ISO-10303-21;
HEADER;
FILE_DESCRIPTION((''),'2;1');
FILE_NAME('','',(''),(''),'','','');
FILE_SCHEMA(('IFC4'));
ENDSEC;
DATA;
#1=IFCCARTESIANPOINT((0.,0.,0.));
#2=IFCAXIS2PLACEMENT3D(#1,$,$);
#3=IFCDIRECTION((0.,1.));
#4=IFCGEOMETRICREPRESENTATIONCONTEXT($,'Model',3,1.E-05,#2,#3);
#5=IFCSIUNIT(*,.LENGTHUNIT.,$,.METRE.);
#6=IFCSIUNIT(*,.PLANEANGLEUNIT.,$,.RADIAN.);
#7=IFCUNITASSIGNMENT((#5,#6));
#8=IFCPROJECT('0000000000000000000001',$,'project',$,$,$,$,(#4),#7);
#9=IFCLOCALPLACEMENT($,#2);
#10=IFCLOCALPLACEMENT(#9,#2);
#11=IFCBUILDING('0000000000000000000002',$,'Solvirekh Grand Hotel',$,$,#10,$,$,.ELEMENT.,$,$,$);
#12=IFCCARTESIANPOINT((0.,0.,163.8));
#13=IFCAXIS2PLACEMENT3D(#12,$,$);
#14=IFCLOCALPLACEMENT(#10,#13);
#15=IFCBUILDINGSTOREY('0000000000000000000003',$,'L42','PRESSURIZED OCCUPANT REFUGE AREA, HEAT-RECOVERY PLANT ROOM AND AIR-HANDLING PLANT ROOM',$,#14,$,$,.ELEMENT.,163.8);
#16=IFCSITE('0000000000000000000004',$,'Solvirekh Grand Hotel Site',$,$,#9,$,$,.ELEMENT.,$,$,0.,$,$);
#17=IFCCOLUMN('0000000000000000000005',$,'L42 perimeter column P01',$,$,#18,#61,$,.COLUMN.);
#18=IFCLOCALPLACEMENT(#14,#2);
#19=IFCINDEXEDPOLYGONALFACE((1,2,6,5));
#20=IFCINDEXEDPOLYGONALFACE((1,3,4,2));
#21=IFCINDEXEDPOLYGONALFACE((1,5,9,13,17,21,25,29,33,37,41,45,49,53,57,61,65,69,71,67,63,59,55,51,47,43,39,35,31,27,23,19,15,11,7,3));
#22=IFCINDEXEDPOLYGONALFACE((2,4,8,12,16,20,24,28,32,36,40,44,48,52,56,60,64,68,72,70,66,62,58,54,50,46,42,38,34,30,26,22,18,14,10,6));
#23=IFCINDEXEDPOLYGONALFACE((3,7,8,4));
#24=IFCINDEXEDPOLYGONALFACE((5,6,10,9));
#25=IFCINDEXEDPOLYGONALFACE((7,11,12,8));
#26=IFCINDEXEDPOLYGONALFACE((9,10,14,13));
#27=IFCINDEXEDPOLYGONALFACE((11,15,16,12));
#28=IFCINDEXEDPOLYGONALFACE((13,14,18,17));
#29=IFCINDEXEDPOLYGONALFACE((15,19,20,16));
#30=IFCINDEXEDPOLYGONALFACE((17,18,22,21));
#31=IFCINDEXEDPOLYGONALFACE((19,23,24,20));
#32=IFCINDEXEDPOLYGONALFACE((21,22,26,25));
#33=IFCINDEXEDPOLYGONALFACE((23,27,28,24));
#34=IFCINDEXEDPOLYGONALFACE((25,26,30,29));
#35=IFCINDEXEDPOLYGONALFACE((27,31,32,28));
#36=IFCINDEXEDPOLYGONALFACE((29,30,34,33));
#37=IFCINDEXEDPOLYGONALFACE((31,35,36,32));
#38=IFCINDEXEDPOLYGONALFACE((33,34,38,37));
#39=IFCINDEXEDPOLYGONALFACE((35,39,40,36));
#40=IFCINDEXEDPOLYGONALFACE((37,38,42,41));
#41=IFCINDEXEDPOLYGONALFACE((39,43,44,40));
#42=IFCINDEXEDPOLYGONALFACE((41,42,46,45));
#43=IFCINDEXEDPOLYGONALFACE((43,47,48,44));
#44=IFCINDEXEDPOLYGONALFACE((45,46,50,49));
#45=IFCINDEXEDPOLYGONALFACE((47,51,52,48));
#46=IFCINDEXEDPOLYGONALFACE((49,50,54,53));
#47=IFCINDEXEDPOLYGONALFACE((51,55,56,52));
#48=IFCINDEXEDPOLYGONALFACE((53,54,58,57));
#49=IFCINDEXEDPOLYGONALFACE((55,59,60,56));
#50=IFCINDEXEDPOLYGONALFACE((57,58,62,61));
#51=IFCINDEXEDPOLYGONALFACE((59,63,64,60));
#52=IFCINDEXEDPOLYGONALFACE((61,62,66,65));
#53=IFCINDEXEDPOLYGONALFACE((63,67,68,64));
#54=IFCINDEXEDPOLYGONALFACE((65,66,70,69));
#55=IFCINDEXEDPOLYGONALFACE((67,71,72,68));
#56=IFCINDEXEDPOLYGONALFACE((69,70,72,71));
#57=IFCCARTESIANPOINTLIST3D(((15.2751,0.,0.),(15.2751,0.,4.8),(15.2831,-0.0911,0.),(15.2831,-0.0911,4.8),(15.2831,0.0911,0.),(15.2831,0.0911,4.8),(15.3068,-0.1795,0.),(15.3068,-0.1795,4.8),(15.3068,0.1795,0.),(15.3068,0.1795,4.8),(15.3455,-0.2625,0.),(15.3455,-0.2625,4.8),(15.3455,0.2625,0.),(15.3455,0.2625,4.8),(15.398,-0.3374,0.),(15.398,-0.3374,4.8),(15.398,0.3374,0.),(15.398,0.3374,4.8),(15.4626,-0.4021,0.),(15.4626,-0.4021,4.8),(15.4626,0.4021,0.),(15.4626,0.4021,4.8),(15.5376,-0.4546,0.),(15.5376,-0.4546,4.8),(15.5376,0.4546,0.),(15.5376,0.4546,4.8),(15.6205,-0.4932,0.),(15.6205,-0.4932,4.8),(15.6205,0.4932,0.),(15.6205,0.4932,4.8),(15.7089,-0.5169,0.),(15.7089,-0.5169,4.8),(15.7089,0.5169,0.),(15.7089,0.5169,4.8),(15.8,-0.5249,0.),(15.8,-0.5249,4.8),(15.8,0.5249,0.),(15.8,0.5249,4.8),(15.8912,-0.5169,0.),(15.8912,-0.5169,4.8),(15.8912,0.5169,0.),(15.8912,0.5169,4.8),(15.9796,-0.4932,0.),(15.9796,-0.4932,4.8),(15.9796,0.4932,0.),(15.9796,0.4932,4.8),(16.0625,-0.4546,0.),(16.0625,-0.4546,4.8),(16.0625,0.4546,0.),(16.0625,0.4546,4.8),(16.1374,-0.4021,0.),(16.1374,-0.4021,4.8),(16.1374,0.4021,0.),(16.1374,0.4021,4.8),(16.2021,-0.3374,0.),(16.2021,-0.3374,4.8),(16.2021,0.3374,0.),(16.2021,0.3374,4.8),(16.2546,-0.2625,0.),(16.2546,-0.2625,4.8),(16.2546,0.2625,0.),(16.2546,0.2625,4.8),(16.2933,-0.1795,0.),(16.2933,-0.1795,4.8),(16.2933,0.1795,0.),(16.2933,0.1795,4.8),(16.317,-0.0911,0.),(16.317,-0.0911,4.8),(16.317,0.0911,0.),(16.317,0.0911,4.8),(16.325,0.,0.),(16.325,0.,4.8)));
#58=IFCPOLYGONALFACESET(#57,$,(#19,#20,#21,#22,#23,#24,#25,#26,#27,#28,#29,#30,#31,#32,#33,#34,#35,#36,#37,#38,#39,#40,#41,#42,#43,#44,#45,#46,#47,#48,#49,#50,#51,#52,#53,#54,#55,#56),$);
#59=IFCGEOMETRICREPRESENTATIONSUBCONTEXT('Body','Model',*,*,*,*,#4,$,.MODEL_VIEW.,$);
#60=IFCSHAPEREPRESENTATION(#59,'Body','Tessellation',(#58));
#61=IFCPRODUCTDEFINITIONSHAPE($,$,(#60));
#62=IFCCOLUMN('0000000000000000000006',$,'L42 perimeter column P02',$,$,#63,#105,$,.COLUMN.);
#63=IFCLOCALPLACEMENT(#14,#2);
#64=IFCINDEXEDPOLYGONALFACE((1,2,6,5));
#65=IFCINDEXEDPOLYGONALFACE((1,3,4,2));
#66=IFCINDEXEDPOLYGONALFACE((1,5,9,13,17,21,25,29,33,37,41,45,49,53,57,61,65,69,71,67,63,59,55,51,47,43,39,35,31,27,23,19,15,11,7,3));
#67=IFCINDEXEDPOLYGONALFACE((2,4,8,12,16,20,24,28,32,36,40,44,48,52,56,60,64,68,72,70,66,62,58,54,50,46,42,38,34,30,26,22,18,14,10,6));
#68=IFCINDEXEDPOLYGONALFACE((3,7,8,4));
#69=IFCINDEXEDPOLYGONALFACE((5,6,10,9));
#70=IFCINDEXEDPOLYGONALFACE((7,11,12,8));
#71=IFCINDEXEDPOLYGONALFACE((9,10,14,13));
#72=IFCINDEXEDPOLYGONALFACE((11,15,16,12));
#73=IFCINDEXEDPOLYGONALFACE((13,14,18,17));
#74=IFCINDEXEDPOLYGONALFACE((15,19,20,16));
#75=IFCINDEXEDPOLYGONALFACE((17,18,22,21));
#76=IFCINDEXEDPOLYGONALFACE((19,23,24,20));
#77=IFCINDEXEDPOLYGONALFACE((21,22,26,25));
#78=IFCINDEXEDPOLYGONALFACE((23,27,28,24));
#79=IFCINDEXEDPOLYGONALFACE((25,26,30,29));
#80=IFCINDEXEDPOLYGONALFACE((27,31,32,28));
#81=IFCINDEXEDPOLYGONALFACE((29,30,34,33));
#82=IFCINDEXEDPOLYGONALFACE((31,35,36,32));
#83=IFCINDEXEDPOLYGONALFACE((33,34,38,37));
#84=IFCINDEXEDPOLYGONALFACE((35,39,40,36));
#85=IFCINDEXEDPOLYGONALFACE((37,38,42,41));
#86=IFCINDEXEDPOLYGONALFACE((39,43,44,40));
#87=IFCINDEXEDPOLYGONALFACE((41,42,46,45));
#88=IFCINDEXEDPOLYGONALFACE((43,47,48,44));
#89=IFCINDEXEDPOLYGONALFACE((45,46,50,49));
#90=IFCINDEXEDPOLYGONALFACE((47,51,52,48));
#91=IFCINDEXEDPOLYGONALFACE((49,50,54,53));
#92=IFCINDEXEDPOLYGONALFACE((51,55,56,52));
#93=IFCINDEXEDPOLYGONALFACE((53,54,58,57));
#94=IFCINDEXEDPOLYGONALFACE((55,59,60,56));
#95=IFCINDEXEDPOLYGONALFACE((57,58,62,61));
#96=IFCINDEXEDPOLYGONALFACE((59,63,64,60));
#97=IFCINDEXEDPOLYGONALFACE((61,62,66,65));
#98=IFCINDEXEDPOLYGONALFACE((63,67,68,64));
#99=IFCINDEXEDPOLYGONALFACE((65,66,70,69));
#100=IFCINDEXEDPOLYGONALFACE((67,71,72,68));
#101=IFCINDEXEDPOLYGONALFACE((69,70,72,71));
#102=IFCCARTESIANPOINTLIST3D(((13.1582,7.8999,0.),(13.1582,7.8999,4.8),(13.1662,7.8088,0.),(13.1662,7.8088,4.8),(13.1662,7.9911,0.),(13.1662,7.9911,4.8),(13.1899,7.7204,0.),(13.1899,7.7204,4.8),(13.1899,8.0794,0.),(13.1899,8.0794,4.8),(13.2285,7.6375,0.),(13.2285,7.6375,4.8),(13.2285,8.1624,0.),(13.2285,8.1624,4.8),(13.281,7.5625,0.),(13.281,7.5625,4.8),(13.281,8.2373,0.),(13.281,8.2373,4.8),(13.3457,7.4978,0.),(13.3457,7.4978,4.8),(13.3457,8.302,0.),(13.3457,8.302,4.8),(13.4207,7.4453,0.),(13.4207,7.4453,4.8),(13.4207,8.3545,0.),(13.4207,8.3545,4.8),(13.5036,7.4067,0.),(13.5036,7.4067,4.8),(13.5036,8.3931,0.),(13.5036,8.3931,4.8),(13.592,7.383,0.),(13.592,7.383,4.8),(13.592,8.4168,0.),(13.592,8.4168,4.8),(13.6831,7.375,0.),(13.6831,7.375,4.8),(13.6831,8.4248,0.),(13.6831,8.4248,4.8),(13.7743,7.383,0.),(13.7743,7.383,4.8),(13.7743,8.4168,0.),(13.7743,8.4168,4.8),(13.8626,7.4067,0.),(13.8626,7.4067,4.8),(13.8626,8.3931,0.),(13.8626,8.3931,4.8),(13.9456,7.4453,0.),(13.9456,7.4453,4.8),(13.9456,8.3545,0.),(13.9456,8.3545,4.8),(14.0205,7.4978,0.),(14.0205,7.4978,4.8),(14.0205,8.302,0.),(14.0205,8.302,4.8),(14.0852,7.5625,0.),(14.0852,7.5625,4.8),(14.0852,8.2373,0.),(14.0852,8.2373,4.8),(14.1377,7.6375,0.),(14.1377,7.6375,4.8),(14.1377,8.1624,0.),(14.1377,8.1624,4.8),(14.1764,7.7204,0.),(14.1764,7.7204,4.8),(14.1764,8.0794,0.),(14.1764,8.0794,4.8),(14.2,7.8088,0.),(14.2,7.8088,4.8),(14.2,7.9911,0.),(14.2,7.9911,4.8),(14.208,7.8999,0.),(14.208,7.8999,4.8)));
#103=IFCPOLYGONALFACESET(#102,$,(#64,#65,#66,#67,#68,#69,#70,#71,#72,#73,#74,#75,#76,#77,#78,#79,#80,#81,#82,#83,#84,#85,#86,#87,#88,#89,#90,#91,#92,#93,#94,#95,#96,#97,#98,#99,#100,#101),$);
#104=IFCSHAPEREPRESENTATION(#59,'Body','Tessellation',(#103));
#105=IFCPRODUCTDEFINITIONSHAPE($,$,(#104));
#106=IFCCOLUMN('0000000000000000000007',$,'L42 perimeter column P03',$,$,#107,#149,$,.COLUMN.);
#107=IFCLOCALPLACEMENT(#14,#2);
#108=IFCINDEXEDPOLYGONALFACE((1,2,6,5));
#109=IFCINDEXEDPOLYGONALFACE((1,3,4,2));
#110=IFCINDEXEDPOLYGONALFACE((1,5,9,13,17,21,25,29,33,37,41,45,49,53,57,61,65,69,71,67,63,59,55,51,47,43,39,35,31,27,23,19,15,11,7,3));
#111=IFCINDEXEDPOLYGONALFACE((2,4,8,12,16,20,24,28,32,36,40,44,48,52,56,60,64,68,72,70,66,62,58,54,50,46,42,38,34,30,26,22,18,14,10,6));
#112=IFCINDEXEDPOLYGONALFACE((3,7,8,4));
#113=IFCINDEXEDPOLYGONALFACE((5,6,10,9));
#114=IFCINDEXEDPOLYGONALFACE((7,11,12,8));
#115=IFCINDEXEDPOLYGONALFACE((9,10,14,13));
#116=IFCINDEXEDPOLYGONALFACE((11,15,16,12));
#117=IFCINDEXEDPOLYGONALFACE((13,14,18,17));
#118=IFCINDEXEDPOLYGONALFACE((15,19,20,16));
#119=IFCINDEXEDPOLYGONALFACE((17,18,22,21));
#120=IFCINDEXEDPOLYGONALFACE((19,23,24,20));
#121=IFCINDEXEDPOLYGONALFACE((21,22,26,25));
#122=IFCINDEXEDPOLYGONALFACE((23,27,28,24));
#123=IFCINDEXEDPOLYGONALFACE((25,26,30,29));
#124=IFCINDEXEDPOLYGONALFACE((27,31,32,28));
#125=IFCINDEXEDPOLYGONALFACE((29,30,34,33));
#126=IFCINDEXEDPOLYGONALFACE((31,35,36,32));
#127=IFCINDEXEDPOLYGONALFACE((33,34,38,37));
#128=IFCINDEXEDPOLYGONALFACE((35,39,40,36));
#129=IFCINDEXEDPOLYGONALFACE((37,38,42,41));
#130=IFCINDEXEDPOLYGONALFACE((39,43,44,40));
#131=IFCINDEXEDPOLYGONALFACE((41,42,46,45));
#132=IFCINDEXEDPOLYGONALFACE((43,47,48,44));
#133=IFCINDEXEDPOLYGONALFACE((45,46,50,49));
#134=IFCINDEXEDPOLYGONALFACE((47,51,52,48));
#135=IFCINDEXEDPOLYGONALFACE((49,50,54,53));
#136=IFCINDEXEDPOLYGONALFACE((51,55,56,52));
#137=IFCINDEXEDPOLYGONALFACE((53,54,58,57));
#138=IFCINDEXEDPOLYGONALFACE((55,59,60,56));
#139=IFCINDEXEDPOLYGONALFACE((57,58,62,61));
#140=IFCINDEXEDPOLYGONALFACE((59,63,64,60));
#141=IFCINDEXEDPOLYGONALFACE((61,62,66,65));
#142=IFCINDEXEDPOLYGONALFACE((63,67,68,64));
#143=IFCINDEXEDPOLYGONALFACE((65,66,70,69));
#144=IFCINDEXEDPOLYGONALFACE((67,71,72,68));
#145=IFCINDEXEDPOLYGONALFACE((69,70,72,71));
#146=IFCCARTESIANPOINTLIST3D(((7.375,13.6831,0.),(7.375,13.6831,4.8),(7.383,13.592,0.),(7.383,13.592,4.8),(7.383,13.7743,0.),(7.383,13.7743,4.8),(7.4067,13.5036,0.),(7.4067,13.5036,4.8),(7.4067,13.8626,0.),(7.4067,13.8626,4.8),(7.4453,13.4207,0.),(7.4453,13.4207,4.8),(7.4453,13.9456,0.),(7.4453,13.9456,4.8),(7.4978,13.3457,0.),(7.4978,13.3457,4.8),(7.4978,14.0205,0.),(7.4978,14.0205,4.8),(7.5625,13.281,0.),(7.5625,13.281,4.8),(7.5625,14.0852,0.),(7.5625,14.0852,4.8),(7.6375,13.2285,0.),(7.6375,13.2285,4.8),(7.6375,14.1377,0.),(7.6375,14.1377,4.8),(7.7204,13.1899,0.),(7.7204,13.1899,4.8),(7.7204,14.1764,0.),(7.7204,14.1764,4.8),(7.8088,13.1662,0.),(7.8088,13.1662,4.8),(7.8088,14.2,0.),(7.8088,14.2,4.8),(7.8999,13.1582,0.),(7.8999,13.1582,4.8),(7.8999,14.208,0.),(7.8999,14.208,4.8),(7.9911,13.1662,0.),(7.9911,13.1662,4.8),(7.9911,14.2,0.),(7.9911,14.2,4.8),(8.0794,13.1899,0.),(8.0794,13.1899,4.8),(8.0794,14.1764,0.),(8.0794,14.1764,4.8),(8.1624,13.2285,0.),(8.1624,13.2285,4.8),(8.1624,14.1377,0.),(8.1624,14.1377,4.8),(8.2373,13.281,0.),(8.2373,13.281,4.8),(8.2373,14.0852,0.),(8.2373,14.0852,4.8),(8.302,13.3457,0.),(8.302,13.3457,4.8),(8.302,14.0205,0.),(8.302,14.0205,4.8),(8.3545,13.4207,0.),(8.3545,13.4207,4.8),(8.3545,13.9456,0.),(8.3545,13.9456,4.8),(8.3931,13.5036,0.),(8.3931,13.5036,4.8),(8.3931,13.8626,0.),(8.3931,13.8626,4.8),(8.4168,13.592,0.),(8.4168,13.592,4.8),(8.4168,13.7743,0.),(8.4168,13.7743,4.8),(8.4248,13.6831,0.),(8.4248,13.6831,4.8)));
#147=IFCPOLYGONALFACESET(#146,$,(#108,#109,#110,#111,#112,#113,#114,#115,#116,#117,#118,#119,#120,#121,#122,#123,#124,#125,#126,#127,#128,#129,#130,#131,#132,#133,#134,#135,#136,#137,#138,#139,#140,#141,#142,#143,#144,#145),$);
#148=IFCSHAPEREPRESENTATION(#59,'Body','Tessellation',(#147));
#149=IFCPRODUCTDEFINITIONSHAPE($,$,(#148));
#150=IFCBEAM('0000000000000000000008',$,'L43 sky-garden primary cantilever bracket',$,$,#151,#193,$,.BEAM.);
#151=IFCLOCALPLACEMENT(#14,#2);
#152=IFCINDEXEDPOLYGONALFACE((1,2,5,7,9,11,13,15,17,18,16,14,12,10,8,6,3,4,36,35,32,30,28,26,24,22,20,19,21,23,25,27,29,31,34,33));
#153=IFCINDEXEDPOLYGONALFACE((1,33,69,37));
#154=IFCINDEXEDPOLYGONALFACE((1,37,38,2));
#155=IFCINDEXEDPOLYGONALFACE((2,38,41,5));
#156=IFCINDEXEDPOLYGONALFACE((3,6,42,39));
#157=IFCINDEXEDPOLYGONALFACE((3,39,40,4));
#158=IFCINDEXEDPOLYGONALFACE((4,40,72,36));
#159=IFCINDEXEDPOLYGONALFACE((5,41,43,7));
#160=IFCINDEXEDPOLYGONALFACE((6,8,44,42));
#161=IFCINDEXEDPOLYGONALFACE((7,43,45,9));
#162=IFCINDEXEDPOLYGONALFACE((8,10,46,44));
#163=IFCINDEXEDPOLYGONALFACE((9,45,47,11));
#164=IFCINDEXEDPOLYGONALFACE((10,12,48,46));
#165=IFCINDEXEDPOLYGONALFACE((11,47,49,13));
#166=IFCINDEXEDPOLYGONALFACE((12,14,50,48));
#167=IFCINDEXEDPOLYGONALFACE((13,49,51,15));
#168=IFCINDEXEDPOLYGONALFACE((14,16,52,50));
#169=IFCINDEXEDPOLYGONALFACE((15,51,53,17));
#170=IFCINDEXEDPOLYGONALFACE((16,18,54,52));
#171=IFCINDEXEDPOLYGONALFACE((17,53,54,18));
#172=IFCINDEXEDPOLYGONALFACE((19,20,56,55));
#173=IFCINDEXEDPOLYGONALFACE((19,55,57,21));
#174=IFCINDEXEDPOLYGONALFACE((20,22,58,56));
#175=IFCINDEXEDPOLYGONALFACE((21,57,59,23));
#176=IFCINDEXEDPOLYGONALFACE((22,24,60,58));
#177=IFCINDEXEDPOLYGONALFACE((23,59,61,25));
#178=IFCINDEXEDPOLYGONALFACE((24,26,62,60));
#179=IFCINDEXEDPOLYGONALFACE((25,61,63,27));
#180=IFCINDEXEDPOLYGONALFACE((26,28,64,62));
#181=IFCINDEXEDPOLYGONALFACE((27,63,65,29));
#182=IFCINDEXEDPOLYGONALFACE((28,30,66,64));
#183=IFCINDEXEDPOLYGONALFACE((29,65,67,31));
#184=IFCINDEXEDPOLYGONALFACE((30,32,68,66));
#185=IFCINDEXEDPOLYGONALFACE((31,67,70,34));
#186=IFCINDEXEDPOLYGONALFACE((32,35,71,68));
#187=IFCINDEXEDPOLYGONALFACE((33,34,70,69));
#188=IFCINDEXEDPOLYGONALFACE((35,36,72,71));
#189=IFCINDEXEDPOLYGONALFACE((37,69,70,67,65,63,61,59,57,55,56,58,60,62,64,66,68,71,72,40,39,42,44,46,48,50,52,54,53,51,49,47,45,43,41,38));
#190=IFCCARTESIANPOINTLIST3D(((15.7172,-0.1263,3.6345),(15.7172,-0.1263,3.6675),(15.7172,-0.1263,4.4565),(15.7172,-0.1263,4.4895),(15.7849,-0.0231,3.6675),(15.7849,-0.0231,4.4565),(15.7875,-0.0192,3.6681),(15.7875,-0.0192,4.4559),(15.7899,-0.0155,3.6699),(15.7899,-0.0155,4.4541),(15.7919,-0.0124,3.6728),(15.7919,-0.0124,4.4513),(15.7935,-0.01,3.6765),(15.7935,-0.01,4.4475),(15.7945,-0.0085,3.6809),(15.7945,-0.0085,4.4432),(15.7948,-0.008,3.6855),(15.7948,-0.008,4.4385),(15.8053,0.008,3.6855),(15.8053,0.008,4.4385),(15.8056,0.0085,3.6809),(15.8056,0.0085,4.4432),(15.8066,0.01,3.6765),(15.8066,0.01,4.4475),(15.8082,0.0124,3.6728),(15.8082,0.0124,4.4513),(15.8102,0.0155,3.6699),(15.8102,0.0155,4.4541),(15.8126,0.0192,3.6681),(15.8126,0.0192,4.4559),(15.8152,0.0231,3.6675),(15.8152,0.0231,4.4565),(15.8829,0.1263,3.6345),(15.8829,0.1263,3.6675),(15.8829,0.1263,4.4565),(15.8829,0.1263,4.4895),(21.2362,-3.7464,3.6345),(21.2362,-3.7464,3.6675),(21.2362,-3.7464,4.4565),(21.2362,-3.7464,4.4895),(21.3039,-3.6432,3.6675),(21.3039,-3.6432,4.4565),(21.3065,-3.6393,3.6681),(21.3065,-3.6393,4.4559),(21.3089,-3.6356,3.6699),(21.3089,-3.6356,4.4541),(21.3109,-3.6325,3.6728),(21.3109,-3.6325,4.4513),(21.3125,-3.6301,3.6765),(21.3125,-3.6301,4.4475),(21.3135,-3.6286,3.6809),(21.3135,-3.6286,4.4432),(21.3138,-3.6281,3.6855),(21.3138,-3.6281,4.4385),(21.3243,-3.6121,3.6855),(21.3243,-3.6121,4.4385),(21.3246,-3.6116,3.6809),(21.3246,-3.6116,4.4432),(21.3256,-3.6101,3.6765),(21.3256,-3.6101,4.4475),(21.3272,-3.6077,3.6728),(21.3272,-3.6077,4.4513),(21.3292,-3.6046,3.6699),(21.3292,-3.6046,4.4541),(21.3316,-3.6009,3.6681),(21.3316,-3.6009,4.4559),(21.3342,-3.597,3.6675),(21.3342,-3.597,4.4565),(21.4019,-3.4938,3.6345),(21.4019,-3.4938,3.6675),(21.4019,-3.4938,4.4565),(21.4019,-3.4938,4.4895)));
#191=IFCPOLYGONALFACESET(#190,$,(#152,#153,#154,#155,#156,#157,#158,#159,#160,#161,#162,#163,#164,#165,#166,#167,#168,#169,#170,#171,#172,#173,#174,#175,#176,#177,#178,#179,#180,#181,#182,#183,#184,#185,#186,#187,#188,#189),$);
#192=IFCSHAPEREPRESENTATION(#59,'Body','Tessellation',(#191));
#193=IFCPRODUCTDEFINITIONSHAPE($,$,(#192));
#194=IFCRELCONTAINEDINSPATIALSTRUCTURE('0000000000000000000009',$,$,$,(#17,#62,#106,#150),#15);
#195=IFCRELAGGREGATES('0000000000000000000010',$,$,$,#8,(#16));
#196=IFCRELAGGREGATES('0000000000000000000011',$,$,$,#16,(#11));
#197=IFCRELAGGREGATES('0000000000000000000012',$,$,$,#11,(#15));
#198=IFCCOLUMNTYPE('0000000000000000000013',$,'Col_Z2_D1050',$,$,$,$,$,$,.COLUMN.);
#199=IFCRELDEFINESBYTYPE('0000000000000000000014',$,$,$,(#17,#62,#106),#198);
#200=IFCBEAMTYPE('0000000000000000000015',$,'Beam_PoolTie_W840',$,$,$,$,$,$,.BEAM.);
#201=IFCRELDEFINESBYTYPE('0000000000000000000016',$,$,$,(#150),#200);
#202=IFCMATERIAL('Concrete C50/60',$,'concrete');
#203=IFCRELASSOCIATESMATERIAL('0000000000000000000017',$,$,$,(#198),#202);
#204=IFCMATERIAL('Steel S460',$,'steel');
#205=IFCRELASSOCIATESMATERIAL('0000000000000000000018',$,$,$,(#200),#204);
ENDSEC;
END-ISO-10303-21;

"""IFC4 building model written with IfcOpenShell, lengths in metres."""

from ifc_helpers import new_model, si_unit, direction, frame, origin, origin_2d, place, context, subcontext, project, spatial, circle, i_section, extrude, material, material_profile, profile_set, type_object, element, save


model = new_model("IFC4")

# Units and contexts
model_context = context("Model", 3, precision=1e-05, world=origin(), true_north=direction((0.0, 1.0)))
body_context = subcontext(model_context, "Body", "Model", "MODEL_VIEW")
ifc_project = project(units=[si_unit("LENGTHUNIT", "METRE"), si_unit("PLANEANGLEUNIT", "RADIAN")], contexts=[model_context])

# Site, building, storey
site_placement = place(None, origin())
site = spatial("IfcSite", under=ifc_project, at=site_placement, Name="Solvirekh Grand Hotel Site", CompositionType="ELEMENT", RefElevation=0.0)
building_placement = place(site_placement, origin())
building = spatial("IfcBuilding", under=site, at=building_placement, Name="Solvirekh Grand Hotel", CompositionType="ELEMENT")
storey_placement = place(building_placement, frame((0.0, 0.0, 163.8)))
storey = spatial("IfcBuildingStorey", under=building, at=storey_placement, Name="L42", Description="PRESSURIZED OCCUPANT REFUGE AREA, HEAT-RECOVERY PLANT ROOM AND AIR-HANDLING PLANT ROOM", CompositionType="ELEMENT", Elevation=163.8)

# Columns
ifc_material_1 = material(Name="Concrete C50/60", Category="concrete")
ifc_material_profile_1 = material_profile(ifc_material_1, circle(Radius=0.5249, at=origin_2d()), Name="RC CIRC D1050")
ifc_profile_set_1 = profile_set([ifc_material_profile_1], Name="Concrete C50/60")
column_type = type_object("IfcColumnType", Name="Col_Z2_D1050", PredefinedType="COLUMN", material=ifc_profile_set_1)
for number, where, z_axis, x_axis, name in (
    (1, (15.8, 0.0, 0.0), (0.0, 0.0, 1.0), (1.0, 0.0, 0.0), "L42 perimeter column P01"),
    (2, (13.6831, 7.8999, 0.0), (0.0, 0.0, 1.0), (1.0, 0.0, 0.0), "L42 perimeter column P02"),
    (3, (7.8999, 13.6831, 0.0), (0.0, 0.0, 1.0), (1.0, 0.0, 0.0), "L42 perimeter column P03"),
):
    element("IfcColumn", number, at=place(storey_placement, frame(where, z_axis=z_axis, x_axis=x_axis)), inside=storey, type_object=column_type, Name=name, PredefinedType="COLUMN", context=body_context, shape_type="SweptSolid", body=[
        extrude(circle(Radius=0.5249, at=origin_2d()), origin(), (0.0, 0.0, 1.0), 4.8),
    ])

# Beam
ifc_material_2 = material(Name="Steel S460", Category="steel")
ifc_material_profile_2 = material_profile(ifc_material_2, i_section(OverallWidth=0.302, OverallDepth=0.855, WebThickness=0.019, FlangeThickness=0.033, FilletRadius=0.0181, at=origin_2d()), Name="W840X299")
ifc_profile_set_2 = profile_set([ifc_material_profile_2], Name="Steel S460")
beam_type_1 = type_object("IfcBeamType", Name="Beam_PoolTie_W840", PredefinedType="BEAM", material=ifc_profile_set_2)
beam_1_placement = place(storey_placement, frame((15.8, 0.0, 4.062), z_axis=(0.83617, -0.548471, 0.0), x_axis=(0.548471, 0.83617, 0.0)))
element("IfcBeam", 4, at=beam_1_placement, inside=storey, type_object=beam_type_1, Name="L43 sky-garden primary cantilever bracket", PredefinedType="BEAM", context=body_context, shape_type="SweptSolid", body=[
    extrude(i_section(OverallWidth=0.302, OverallDepth=0.855, WebThickness=0.019, FlangeThickness=0.033, FilletRadius=0.0181, at=origin_2d()), origin(), (0.0, 0.0, 1.0), 6.6003),
])

save(model, "model.ifc")
